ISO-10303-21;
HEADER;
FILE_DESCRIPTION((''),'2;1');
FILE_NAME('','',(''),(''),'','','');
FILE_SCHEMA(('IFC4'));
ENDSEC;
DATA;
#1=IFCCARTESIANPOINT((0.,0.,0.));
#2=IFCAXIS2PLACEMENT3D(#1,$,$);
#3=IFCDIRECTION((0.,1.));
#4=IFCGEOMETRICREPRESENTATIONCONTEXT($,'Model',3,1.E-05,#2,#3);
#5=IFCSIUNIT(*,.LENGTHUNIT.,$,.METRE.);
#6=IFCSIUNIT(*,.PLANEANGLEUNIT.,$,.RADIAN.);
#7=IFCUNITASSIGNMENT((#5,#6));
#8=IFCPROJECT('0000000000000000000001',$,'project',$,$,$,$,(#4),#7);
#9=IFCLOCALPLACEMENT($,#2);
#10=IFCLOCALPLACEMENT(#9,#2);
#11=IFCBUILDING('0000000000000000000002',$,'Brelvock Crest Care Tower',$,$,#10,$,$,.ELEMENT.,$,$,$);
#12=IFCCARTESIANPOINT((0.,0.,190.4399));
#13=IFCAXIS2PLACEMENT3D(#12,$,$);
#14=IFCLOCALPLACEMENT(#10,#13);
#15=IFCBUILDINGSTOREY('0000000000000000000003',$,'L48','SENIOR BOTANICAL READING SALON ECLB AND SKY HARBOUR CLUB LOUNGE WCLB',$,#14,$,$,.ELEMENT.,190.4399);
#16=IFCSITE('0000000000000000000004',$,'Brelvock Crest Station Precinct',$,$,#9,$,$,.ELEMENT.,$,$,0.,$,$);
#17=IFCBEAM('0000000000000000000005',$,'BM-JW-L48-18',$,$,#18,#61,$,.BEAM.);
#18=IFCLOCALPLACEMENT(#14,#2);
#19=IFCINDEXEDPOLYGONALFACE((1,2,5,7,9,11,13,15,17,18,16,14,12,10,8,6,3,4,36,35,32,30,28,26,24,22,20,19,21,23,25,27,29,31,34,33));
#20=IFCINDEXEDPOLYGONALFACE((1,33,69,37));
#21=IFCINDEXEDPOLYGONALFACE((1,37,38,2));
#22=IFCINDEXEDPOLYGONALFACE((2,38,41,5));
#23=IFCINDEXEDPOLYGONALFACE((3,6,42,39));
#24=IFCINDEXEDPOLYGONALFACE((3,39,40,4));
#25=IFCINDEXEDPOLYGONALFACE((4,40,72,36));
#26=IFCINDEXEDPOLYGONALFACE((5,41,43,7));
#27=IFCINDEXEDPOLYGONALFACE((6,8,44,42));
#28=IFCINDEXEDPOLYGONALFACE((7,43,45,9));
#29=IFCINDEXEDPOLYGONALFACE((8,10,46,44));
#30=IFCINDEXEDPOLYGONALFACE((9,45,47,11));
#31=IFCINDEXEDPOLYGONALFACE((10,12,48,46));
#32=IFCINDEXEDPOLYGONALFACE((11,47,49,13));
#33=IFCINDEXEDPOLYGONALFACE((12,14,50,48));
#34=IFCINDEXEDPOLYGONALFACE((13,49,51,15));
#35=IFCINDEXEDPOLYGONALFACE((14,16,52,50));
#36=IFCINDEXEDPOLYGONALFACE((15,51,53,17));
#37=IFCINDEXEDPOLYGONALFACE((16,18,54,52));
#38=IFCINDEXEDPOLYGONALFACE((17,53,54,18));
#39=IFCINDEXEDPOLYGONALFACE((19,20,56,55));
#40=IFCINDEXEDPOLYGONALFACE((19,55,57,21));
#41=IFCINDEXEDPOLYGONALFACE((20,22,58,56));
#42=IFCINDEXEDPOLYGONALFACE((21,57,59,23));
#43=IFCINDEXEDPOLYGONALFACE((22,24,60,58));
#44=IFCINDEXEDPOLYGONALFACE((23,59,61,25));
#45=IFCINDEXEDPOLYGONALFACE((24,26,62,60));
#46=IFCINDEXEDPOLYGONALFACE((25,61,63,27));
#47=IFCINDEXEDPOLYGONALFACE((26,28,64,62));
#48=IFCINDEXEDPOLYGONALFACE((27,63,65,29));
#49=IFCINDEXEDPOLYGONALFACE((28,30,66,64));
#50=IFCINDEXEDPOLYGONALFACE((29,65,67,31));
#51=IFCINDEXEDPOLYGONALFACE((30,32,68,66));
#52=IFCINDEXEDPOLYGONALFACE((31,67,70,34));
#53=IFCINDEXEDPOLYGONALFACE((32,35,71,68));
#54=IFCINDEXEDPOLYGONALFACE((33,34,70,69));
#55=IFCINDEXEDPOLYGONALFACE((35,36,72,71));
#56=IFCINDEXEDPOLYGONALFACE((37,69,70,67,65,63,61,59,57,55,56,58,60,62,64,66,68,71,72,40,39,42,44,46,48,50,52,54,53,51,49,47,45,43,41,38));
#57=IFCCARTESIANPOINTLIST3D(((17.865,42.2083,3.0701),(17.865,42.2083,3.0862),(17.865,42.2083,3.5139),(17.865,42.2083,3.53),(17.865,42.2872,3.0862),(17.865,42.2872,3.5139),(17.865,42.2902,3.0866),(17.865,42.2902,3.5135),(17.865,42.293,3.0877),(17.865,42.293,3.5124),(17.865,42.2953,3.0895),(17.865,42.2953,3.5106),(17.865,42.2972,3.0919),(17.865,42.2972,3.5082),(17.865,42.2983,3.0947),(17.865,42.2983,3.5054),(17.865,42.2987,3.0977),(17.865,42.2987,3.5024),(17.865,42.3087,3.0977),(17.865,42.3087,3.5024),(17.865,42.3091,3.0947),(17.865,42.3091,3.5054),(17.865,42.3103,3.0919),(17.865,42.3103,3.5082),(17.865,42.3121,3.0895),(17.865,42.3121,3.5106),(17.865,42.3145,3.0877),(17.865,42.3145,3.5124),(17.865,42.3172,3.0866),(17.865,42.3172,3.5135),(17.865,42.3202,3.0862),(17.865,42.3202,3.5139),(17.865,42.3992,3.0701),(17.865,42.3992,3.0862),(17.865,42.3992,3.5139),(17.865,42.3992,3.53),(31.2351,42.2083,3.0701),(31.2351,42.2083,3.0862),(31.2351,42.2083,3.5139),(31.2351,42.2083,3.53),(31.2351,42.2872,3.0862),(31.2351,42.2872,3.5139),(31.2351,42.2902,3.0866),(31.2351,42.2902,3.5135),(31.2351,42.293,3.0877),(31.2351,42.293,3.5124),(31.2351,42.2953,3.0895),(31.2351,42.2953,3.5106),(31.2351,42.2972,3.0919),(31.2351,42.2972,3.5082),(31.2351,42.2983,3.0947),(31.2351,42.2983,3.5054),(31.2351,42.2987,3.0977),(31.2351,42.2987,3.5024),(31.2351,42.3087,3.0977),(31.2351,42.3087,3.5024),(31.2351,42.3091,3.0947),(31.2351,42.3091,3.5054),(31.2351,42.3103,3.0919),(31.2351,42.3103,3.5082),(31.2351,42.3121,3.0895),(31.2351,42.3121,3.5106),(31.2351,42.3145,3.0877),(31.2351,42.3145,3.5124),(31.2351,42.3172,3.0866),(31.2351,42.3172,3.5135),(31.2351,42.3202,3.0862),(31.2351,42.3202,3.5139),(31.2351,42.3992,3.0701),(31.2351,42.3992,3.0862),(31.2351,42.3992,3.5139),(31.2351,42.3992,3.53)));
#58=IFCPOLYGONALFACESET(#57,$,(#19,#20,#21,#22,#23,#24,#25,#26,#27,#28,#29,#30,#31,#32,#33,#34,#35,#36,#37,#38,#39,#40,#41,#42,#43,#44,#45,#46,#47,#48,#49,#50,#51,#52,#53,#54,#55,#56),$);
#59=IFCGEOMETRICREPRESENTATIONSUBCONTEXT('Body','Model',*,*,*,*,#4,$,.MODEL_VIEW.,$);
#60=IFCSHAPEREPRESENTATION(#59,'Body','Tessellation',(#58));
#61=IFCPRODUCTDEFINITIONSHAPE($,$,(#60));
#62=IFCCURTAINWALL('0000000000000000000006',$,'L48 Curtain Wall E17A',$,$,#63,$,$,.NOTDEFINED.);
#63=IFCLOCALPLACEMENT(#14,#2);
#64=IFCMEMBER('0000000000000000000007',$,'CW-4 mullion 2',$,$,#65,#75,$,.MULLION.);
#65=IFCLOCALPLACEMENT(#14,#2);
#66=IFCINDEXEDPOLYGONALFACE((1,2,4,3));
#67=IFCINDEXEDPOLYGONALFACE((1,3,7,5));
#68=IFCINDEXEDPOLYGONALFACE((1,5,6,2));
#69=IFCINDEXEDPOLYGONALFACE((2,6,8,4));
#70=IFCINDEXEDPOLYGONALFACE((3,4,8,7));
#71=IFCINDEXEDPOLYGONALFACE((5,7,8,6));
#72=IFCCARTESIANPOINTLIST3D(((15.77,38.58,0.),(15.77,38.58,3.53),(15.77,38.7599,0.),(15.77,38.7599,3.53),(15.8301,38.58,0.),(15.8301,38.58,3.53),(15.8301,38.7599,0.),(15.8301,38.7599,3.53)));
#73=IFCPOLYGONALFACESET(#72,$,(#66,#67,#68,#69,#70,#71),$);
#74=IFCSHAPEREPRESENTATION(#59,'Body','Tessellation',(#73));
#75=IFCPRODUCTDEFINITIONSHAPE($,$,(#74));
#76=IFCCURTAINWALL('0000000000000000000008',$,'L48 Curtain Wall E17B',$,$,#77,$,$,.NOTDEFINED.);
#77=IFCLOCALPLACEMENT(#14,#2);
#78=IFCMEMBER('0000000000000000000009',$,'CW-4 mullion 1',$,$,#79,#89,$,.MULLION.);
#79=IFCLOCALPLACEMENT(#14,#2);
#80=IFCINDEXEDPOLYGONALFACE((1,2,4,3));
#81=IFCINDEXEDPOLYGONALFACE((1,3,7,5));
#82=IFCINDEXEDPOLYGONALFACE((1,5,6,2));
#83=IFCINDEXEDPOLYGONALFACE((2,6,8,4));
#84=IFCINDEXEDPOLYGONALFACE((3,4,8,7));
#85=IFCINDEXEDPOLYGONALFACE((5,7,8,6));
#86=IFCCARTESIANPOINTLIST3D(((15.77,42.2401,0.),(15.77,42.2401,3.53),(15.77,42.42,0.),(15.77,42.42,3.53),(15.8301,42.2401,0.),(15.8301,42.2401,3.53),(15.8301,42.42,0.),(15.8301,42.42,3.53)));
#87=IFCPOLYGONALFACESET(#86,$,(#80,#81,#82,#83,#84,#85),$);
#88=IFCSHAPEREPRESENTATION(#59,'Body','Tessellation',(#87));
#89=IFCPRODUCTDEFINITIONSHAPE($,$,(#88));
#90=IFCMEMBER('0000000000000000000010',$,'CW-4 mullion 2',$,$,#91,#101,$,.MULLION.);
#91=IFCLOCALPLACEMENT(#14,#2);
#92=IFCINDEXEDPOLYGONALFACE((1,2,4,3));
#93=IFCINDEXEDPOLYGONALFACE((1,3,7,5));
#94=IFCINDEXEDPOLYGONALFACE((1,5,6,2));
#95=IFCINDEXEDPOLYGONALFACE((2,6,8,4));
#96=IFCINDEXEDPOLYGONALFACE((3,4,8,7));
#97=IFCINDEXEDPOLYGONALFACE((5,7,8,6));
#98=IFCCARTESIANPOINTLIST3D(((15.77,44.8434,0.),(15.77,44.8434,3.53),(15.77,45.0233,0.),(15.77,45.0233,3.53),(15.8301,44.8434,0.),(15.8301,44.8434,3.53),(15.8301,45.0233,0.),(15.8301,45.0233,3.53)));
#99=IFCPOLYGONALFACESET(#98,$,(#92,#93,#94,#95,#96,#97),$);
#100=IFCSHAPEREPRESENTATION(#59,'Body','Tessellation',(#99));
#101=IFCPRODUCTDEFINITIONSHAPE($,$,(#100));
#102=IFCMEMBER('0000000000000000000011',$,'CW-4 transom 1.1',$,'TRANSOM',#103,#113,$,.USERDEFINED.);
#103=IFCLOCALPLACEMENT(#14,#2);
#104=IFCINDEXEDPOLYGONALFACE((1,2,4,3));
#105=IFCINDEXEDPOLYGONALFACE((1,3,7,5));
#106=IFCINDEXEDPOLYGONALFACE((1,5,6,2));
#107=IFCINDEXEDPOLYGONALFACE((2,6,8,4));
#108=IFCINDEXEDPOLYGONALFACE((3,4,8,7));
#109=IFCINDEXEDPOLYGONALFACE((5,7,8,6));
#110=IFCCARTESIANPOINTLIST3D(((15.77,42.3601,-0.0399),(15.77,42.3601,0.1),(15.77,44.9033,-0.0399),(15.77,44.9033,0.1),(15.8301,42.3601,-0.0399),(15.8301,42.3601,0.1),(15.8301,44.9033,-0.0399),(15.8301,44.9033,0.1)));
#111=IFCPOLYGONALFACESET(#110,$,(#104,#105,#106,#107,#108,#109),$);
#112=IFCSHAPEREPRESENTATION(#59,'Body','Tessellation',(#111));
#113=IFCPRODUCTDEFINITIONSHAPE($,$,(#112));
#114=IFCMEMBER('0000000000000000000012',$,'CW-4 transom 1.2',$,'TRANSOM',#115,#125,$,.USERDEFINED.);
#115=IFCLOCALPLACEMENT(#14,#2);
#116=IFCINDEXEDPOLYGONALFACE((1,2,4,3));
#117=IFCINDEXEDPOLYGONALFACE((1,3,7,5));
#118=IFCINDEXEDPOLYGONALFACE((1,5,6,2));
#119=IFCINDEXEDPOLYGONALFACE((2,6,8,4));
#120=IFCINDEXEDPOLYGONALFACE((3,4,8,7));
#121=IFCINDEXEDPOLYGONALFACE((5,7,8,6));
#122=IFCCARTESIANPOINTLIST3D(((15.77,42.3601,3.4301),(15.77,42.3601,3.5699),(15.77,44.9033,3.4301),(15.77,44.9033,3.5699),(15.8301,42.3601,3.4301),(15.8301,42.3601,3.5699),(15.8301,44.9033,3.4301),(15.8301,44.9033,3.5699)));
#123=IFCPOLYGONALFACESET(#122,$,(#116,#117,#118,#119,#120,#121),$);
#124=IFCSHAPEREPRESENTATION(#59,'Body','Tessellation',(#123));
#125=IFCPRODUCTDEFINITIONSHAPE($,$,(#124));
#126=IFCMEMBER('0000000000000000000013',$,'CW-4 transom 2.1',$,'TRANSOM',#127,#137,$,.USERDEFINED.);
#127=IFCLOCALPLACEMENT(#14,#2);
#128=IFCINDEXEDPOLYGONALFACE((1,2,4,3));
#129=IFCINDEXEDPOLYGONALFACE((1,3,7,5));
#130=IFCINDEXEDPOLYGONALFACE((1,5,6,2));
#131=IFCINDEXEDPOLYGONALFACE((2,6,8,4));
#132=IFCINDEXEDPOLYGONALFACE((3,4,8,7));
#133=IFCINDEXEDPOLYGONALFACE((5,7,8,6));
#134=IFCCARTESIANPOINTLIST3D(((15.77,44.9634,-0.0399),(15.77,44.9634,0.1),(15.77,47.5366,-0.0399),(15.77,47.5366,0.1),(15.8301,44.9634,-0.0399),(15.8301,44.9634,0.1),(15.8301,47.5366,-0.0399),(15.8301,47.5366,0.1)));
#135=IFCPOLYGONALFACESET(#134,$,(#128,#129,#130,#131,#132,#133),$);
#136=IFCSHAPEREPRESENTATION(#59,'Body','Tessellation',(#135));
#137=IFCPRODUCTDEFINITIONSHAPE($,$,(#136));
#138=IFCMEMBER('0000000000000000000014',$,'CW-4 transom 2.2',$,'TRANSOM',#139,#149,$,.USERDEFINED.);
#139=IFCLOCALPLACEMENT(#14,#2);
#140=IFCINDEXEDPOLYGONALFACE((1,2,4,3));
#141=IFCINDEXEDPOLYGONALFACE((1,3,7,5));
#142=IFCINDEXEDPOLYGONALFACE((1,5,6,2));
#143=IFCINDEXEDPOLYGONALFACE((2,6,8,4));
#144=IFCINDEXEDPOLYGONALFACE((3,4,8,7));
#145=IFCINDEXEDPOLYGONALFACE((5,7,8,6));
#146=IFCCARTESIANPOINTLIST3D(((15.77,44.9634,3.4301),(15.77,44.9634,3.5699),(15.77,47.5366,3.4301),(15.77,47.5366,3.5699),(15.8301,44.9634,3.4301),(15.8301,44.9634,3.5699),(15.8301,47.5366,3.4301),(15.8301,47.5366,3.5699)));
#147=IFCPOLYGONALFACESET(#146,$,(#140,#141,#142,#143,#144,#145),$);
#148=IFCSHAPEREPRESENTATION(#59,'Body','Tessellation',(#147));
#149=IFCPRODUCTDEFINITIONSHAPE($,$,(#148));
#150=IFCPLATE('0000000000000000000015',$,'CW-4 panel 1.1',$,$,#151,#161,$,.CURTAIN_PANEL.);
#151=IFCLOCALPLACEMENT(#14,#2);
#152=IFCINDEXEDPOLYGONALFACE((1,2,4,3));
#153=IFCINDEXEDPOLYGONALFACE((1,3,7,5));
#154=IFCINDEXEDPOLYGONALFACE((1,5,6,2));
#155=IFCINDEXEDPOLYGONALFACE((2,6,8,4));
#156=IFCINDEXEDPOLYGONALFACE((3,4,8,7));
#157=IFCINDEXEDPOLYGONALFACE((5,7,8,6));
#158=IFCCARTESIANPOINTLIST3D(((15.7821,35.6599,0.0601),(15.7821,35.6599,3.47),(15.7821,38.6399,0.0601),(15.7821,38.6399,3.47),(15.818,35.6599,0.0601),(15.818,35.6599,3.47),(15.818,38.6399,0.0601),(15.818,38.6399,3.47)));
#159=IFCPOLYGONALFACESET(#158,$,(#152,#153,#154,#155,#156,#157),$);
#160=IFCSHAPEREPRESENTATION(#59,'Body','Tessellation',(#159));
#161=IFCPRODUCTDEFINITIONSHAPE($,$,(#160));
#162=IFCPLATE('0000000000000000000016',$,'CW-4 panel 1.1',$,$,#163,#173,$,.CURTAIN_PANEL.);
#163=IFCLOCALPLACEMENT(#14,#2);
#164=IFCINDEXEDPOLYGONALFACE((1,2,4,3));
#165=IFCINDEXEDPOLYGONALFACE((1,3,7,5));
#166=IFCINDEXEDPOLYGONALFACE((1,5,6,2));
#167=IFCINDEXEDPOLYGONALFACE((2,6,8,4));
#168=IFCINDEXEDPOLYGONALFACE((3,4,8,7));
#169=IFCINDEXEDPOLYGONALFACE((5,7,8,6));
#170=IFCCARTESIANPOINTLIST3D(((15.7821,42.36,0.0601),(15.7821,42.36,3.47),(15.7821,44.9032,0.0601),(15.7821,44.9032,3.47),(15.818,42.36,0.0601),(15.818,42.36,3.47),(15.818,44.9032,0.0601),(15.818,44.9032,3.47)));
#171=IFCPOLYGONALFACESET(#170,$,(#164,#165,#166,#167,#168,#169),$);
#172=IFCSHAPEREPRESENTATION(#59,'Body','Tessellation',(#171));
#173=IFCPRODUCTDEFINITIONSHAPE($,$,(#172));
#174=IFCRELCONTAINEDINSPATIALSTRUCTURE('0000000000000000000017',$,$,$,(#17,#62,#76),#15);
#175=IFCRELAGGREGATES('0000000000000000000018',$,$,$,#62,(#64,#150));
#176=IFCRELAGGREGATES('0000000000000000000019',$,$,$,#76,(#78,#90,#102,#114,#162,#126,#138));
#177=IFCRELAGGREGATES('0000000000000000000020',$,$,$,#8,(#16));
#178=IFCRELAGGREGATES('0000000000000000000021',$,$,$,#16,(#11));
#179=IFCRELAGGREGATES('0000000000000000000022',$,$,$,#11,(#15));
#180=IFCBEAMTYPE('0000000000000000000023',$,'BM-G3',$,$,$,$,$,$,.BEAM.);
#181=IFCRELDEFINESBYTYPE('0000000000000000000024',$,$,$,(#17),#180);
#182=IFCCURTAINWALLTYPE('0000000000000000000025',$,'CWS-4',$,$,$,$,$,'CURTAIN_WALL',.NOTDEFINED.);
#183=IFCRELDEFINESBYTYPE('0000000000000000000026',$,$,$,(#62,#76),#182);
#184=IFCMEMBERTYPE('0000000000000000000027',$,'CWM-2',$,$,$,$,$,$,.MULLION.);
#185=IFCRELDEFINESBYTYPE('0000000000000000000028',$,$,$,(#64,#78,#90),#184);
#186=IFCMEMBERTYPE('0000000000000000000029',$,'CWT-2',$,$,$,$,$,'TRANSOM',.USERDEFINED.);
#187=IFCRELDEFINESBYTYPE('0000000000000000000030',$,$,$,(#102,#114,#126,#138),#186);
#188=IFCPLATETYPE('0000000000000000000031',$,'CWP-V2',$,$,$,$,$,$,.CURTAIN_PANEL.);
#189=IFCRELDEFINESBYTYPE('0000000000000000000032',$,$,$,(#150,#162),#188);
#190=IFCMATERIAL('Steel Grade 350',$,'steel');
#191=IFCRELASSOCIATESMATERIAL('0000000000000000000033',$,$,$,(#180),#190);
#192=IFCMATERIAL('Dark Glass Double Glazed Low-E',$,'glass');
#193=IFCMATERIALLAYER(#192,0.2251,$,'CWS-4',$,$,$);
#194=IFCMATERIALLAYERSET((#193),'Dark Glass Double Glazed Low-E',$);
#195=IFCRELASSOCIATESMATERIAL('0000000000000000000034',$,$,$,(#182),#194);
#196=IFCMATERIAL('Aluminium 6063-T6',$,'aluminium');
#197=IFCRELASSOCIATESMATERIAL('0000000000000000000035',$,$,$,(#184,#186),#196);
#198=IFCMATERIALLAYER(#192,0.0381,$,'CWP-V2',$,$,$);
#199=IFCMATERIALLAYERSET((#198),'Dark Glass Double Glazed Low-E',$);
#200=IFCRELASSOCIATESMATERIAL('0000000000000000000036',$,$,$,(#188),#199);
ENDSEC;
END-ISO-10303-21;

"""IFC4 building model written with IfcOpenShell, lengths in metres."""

from ifc_helpers import new_model, si_unit, direction, frame, origin, origin_2d, place, context, subcontext, project, spatial, rectangle, i_section, extrude, source, transform, mapped, material, layer, layer_set, material_profile, profile_set, type_object, element, aggregate, save


model = new_model("IFC4")

# Units and contexts
model_context = context("Model", 3, precision=1e-05, world=origin(), true_north=direction((0.0, 1.0)))
body_context = subcontext(model_context, "Body", "Model", "MODEL_VIEW")
ifc_project = project(units=[si_unit("LENGTHUNIT", "METRE"), si_unit("PLANEANGLEUNIT", "RADIAN")], contexts=[model_context])

# Site, building, storey
site_placement = place(None, origin())
site = spatial("IfcSite", under=ifc_project, at=site_placement, Name="Brelvock Crest Station Precinct", CompositionType="ELEMENT", RefElevation=0.0)
building_placement = place(site_placement, origin())
building = spatial("IfcBuilding", under=site, at=building_placement, Name="Brelvock Crest Care Tower", CompositionType="ELEMENT")
storey_placement = place(building_placement, frame((0.0, 0.0, 190.4399)))
storey = spatial("IfcBuildingStorey", under=building, at=storey_placement, Name="L48", Description="SENIOR BOTANICAL READING SALON ECLB AND SKY HARBOUR CLUB LOUNGE WCLB", CompositionType="ELEMENT", Elevation=190.4399)

# Beam
ifc_material_1 = material(Name="Steel Grade 350", Category="steel")
ifc_material_profile_1 = material_profile(ifc_material_1, i_section(OverallWidth=0.1909, OverallDepth=0.46, WebThickness=0.01, FlangeThickness=0.0161, FilletRadius=0.0115, at=origin_2d()), Name="460UB82.1")
ifc_profile_set_1 = profile_set([ifc_material_profile_1], Name="Steel Grade 350")
beam_type_1 = type_object("IfcBeamType", Name="BM-G3", PredefinedType="BEAM", material=ifc_profile_set_1)
shared_shape_1 = source(origin(), body_context, "Body", "SweptSolid", [
    extrude(i_section(OverallWidth=0.1909, OverallDepth=0.46, WebThickness=0.01, FlangeThickness=0.0161, FilletRadius=0.0115, at=origin_2d()), origin(), (0.0, 0.0, 1.0), 13.3701),
])
for number, where, z_axis, x_axis, name in (
    (1, (17.865, 42.3037, 3.3), (1.0, 0.0, 0.0), (0.0, 1.0, 0.0), "BM-JW-L48-18"),
):
    element("IfcBeam", number, at=place(storey_placement, frame(where, z_axis=z_axis, x_axis=x_axis)), inside=storey, type_object=beam_type_1, Name=name, PredefinedType="BEAM", context=body_context, shape_type="MappedRepresentation", body=[
        mapped(shared_shape_1, transform((0.0, 0.0, 0.0), x_axis=(1.0, 0.0, 0.0), y_axis=(0.0, 1.0, 0.0), z_axis=(0.0, 0.0, 1.0), scale=1.0)),
    ])

# Curtain wall, member
ifc_material_2 = material(Name="Dark Glass Double Glazed Low-E", Category="glass")
ifc_layer_1 = layer(ifc_material_2, 0.2251, Name="CWS-4")
ifc_layer_set_1 = layer_set([ifc_layer_1], Name="Dark Glass Double Glazed Low-E")
curtain_wall_type = type_object("IfcCurtainWallType", Name="CWS-4", ElementType="CURTAIN_WALL", PredefinedType="NOTDEFINED", material=ifc_layer_set_1)
curtain_wall_1_placement = place(storey_placement, origin())
curtain_wall_1 = element("IfcCurtainWall", 2, at=curtain_wall_1_placement, inside=storey, type_object=curtain_wall_type, Name="L48 Curtain Wall E17A", PredefinedType="NOTDEFINED")
ifc_material_3 = material(Name="Aluminium 6063-T6", Category="aluminium")
ifc_material_profile_2 = material_profile(ifc_material_3, rectangle(XDim=0.0601, YDim=0.1799, at=origin_2d()), Name="ALU60x180")
ifc_profile_set_2 = profile_set([ifc_material_profile_2], Name="Aluminium 6063-T6")
member_type_1 = type_object("IfcMemberType", Name="CWM-2", PredefinedType="MULLION", material=ifc_profile_set_2)
shared_shape_2 = source(origin(), body_context, "Body", "SweptSolid", [
    extrude(rectangle(XDim=0.0601, YDim=0.1799, at=origin_2d()), origin(), (0.0, 0.0, 1.0), 3.53),
])
member_1_placement = place(storey_placement, frame((15.8, 38.6699, 0.0), z_axis=(0.0, 0.0, 1.0), x_axis=(-1.0, 0.0, 0.0)))
member_1 = element("IfcMember", 3, at=member_1_placement, type_object=member_type_1, Name="CW-4 mullion 2", PredefinedType="MULLION", context=body_context, shape_type="MappedRepresentation", body=[
    mapped(shared_shape_2, transform((0.0, 0.0, 0.0), x_axis=(1.0, 0.0, 0.0), y_axis=(0.0, 1.0, 0.0), z_axis=(0.0, 0.0, 1.0), scale=1.0)),
])

# Curtain wall, members
curtain_wall_2_placement = place(storey_placement, origin())
curtain_wall_2 = element("IfcCurtainWall", 4, at=curtain_wall_2_placement, inside=storey, type_object=curtain_wall_type, Name="L48 Curtain Wall E17B", PredefinedType="NOTDEFINED")
member_2_placement = place(storey_placement, frame((15.8, 42.3301, 0.0), z_axis=(0.0, 0.0, 1.0), x_axis=(-1.0, 0.0, 0.0)))
member_2 = element("IfcMember", 5, at=member_2_placement, type_object=member_type_1, Name="CW-4 mullion 1", PredefinedType="MULLION", context=body_context, shape_type="MappedRepresentation", body=[
    mapped(shared_shape_2, transform((0.0, 0.0, 0.0), x_axis=(1.0, 0.0, 0.0), y_axis=(0.0, 1.0, 0.0), z_axis=(0.0, 0.0, 1.0), scale=1.0)),
])
member_3_placement = place(storey_placement, frame((15.8, 44.9333, 0.0), z_axis=(0.0, 0.0, 1.0), x_axis=(-1.0, 0.0, 0.0)))
member_3 = element("IfcMember", 6, at=member_3_placement, type_object=member_type_1, Name="CW-4 mullion 2", PredefinedType="MULLION", context=body_context, shape_type="MappedRepresentation", body=[
    mapped(shared_shape_2, transform((0.0, 0.0, 0.0), x_axis=(1.0, 0.0, 0.0), y_axis=(0.0, 1.0, 0.0), z_axis=(0.0, 0.0, 1.0), scale=1.0)),
])
ifc_material_profile_3 = material_profile(ifc_material_3, rectangle(XDim=0.0601, YDim=0.1399, at=origin_2d()), Name="ALU60x140")
ifc_profile_set_3 = profile_set([ifc_material_profile_3], Name="Aluminium 6063-T6")
member_type_2 = type_object("IfcMemberType", Name="CWT-2", ElementType="TRANSOM", PredefinedType="USERDEFINED", material=ifc_profile_set_3)
shared_shape_3 = source(origin(), body_context, "Body", "SweptSolid", [
    extrude(rectangle(XDim=0.0601, YDim=0.1399, at=origin_2d()), origin(), (0.0, 0.0, 1.0), 2.5432),
])
member_4_placement = place(storey_placement, frame((15.8, 42.3601, 0.03), z_axis=(0.0, 1.0, 0.0), x_axis=(-1.0, 0.0, 0.0)))
member_4 = element("IfcMember", 7, at=member_4_placement, type_object=member_type_2, Name="CW-4 transom 1.1", ObjectType="TRANSOM", PredefinedType="USERDEFINED", context=body_context, shape_type="MappedRepresentation", body=[
    mapped(shared_shape_3, transform((0.0, 0.0, 0.0), x_axis=(1.0, 0.0, 0.0), y_axis=(0.0, 1.0, 0.0), z_axis=(0.0, 0.0, 1.0), scale=1.0)),
])
member_5_placement = place(storey_placement, frame((15.8, 42.3601, 3.5), z_axis=(0.0, 1.0, 0.0), x_axis=(-1.0, 0.0, 0.0)))
member_5 = element("IfcMember", 8, at=member_5_placement, type_object=member_type_2, Name="CW-4 transom 1.2", ObjectType="TRANSOM", PredefinedType="USERDEFINED", context=body_context, shape_type="MappedRepresentation", body=[
    mapped(shared_shape_3, transform((0.0, 0.0, 0.0), x_axis=(1.0, 0.0, 0.0), y_axis=(0.0, 1.0, 0.0), z_axis=(0.0, 0.0, 1.0), scale=1.0)),
])
shared_shape_4 = source(origin(), body_context, "Body", "SweptSolid", [
    extrude(rectangle(XDim=0.0601, YDim=0.1399, at=origin_2d()), origin(), (0.0, 0.0, 1.0), 2.5732),
])
member_6_placement = place(storey_placement, frame((15.8, 44.9634, 0.03), z_axis=(0.0, 1.0, 0.0), x_axis=(-1.0, 0.0, 0.0)))
member_6 = element("IfcMember", 9, at=member_6_placement, type_object=member_type_2, Name="CW-4 transom 2.1", ObjectType="TRANSOM", PredefinedType="USERDEFINED", context=body_context, shape_type="MappedRepresentation", body=[
    mapped(shared_shape_4, transform((0.0, 0.0, 0.0), x_axis=(1.0, 0.0, 0.0), y_axis=(0.0, 1.0, 0.0), z_axis=(0.0, 0.0, 1.0), scale=1.0)),
])
member_7_placement = place(storey_placement, frame((15.8, 44.9634, 3.5), z_axis=(0.0, 1.0, 0.0), x_axis=(-1.0, 0.0, 0.0)))
member_7 = element("IfcMember", 10, at=member_7_placement, type_object=member_type_2, Name="CW-4 transom 2.2", ObjectType="TRANSOM", PredefinedType="USERDEFINED", context=body_context, shape_type="MappedRepresentation", body=[
    mapped(shared_shape_4, transform((0.0, 0.0, 0.0), x_axis=(1.0, 0.0, 0.0), y_axis=(0.0, 1.0, 0.0), z_axis=(0.0, 0.0, 1.0), scale=1.0)),
])

# Plates
ifc_layer_2 = layer(ifc_material_2, 0.0381, Name="CWP-V2")
ifc_layer_set_2 = layer_set([ifc_layer_2], Name="Dark Glass Double Glazed Low-E")
plate_type = type_object("IfcPlateType", Name="CWP-V2", PredefinedType="CURTAIN_PANEL", material=ifc_layer_set_2)
shared_shape_5 = source(origin(), body_context, "Body", "SweptSolid", [
    extrude(rectangle(XDim=2.98, YDim=0.0359, at=origin_2d()), origin(), (0.0, 0.0, 1.0), 3.4099),
])
plate_1_placement = place(storey_placement, frame((15.8, 37.1499, 0.0601), z_axis=(0.0, 0.0, 1.0), x_axis=(0.0, 1.0, 0.0)))
plate_1 = element("IfcPlate", 11, at=plate_1_placement, type_object=plate_type, Name="CW-4 panel 1.1", PredefinedType="CURTAIN_PANEL", context=body_context, shape_type="MappedRepresentation", body=[
    mapped(shared_shape_5, transform((0.0, 0.0, 0.0), x_axis=(1.0, 0.0, 0.0), y_axis=(0.0, 1.0, 0.0), z_axis=(0.0, 0.0, 1.0), scale=1.0)),
])
aggregate(curtain_wall_1, [member_1, plate_1])
shared_shape_6 = source(origin(), body_context, "Body", "SweptSolid", [
    extrude(rectangle(XDim=2.5432, YDim=0.0359, at=origin_2d()), origin(), (0.0, 0.0, 1.0), 3.4099),
])
plate_2_placement = place(storey_placement, frame((15.8, 43.6316, 0.0601), z_axis=(0.0, 0.0, 1.0), x_axis=(0.0, 1.0, 0.0)))
plate_2 = element("IfcPlate", 12, at=plate_2_placement, type_object=plate_type, Name="CW-4 panel 1.1", PredefinedType="CURTAIN_PANEL", context=body_context, shape_type="MappedRepresentation", body=[
    mapped(shared_shape_6, transform((0.0, 0.0, 0.0), x_axis=(1.0, 0.0, 0.0), y_axis=(0.0, 1.0, 0.0), z_axis=(0.0, 0.0, 1.0), scale=1.0)),
])
aggregate(curtain_wall_2, [member_2, member_3, member_4, member_5, plate_2, member_6, member_7])

save(model, "model.ifc")
